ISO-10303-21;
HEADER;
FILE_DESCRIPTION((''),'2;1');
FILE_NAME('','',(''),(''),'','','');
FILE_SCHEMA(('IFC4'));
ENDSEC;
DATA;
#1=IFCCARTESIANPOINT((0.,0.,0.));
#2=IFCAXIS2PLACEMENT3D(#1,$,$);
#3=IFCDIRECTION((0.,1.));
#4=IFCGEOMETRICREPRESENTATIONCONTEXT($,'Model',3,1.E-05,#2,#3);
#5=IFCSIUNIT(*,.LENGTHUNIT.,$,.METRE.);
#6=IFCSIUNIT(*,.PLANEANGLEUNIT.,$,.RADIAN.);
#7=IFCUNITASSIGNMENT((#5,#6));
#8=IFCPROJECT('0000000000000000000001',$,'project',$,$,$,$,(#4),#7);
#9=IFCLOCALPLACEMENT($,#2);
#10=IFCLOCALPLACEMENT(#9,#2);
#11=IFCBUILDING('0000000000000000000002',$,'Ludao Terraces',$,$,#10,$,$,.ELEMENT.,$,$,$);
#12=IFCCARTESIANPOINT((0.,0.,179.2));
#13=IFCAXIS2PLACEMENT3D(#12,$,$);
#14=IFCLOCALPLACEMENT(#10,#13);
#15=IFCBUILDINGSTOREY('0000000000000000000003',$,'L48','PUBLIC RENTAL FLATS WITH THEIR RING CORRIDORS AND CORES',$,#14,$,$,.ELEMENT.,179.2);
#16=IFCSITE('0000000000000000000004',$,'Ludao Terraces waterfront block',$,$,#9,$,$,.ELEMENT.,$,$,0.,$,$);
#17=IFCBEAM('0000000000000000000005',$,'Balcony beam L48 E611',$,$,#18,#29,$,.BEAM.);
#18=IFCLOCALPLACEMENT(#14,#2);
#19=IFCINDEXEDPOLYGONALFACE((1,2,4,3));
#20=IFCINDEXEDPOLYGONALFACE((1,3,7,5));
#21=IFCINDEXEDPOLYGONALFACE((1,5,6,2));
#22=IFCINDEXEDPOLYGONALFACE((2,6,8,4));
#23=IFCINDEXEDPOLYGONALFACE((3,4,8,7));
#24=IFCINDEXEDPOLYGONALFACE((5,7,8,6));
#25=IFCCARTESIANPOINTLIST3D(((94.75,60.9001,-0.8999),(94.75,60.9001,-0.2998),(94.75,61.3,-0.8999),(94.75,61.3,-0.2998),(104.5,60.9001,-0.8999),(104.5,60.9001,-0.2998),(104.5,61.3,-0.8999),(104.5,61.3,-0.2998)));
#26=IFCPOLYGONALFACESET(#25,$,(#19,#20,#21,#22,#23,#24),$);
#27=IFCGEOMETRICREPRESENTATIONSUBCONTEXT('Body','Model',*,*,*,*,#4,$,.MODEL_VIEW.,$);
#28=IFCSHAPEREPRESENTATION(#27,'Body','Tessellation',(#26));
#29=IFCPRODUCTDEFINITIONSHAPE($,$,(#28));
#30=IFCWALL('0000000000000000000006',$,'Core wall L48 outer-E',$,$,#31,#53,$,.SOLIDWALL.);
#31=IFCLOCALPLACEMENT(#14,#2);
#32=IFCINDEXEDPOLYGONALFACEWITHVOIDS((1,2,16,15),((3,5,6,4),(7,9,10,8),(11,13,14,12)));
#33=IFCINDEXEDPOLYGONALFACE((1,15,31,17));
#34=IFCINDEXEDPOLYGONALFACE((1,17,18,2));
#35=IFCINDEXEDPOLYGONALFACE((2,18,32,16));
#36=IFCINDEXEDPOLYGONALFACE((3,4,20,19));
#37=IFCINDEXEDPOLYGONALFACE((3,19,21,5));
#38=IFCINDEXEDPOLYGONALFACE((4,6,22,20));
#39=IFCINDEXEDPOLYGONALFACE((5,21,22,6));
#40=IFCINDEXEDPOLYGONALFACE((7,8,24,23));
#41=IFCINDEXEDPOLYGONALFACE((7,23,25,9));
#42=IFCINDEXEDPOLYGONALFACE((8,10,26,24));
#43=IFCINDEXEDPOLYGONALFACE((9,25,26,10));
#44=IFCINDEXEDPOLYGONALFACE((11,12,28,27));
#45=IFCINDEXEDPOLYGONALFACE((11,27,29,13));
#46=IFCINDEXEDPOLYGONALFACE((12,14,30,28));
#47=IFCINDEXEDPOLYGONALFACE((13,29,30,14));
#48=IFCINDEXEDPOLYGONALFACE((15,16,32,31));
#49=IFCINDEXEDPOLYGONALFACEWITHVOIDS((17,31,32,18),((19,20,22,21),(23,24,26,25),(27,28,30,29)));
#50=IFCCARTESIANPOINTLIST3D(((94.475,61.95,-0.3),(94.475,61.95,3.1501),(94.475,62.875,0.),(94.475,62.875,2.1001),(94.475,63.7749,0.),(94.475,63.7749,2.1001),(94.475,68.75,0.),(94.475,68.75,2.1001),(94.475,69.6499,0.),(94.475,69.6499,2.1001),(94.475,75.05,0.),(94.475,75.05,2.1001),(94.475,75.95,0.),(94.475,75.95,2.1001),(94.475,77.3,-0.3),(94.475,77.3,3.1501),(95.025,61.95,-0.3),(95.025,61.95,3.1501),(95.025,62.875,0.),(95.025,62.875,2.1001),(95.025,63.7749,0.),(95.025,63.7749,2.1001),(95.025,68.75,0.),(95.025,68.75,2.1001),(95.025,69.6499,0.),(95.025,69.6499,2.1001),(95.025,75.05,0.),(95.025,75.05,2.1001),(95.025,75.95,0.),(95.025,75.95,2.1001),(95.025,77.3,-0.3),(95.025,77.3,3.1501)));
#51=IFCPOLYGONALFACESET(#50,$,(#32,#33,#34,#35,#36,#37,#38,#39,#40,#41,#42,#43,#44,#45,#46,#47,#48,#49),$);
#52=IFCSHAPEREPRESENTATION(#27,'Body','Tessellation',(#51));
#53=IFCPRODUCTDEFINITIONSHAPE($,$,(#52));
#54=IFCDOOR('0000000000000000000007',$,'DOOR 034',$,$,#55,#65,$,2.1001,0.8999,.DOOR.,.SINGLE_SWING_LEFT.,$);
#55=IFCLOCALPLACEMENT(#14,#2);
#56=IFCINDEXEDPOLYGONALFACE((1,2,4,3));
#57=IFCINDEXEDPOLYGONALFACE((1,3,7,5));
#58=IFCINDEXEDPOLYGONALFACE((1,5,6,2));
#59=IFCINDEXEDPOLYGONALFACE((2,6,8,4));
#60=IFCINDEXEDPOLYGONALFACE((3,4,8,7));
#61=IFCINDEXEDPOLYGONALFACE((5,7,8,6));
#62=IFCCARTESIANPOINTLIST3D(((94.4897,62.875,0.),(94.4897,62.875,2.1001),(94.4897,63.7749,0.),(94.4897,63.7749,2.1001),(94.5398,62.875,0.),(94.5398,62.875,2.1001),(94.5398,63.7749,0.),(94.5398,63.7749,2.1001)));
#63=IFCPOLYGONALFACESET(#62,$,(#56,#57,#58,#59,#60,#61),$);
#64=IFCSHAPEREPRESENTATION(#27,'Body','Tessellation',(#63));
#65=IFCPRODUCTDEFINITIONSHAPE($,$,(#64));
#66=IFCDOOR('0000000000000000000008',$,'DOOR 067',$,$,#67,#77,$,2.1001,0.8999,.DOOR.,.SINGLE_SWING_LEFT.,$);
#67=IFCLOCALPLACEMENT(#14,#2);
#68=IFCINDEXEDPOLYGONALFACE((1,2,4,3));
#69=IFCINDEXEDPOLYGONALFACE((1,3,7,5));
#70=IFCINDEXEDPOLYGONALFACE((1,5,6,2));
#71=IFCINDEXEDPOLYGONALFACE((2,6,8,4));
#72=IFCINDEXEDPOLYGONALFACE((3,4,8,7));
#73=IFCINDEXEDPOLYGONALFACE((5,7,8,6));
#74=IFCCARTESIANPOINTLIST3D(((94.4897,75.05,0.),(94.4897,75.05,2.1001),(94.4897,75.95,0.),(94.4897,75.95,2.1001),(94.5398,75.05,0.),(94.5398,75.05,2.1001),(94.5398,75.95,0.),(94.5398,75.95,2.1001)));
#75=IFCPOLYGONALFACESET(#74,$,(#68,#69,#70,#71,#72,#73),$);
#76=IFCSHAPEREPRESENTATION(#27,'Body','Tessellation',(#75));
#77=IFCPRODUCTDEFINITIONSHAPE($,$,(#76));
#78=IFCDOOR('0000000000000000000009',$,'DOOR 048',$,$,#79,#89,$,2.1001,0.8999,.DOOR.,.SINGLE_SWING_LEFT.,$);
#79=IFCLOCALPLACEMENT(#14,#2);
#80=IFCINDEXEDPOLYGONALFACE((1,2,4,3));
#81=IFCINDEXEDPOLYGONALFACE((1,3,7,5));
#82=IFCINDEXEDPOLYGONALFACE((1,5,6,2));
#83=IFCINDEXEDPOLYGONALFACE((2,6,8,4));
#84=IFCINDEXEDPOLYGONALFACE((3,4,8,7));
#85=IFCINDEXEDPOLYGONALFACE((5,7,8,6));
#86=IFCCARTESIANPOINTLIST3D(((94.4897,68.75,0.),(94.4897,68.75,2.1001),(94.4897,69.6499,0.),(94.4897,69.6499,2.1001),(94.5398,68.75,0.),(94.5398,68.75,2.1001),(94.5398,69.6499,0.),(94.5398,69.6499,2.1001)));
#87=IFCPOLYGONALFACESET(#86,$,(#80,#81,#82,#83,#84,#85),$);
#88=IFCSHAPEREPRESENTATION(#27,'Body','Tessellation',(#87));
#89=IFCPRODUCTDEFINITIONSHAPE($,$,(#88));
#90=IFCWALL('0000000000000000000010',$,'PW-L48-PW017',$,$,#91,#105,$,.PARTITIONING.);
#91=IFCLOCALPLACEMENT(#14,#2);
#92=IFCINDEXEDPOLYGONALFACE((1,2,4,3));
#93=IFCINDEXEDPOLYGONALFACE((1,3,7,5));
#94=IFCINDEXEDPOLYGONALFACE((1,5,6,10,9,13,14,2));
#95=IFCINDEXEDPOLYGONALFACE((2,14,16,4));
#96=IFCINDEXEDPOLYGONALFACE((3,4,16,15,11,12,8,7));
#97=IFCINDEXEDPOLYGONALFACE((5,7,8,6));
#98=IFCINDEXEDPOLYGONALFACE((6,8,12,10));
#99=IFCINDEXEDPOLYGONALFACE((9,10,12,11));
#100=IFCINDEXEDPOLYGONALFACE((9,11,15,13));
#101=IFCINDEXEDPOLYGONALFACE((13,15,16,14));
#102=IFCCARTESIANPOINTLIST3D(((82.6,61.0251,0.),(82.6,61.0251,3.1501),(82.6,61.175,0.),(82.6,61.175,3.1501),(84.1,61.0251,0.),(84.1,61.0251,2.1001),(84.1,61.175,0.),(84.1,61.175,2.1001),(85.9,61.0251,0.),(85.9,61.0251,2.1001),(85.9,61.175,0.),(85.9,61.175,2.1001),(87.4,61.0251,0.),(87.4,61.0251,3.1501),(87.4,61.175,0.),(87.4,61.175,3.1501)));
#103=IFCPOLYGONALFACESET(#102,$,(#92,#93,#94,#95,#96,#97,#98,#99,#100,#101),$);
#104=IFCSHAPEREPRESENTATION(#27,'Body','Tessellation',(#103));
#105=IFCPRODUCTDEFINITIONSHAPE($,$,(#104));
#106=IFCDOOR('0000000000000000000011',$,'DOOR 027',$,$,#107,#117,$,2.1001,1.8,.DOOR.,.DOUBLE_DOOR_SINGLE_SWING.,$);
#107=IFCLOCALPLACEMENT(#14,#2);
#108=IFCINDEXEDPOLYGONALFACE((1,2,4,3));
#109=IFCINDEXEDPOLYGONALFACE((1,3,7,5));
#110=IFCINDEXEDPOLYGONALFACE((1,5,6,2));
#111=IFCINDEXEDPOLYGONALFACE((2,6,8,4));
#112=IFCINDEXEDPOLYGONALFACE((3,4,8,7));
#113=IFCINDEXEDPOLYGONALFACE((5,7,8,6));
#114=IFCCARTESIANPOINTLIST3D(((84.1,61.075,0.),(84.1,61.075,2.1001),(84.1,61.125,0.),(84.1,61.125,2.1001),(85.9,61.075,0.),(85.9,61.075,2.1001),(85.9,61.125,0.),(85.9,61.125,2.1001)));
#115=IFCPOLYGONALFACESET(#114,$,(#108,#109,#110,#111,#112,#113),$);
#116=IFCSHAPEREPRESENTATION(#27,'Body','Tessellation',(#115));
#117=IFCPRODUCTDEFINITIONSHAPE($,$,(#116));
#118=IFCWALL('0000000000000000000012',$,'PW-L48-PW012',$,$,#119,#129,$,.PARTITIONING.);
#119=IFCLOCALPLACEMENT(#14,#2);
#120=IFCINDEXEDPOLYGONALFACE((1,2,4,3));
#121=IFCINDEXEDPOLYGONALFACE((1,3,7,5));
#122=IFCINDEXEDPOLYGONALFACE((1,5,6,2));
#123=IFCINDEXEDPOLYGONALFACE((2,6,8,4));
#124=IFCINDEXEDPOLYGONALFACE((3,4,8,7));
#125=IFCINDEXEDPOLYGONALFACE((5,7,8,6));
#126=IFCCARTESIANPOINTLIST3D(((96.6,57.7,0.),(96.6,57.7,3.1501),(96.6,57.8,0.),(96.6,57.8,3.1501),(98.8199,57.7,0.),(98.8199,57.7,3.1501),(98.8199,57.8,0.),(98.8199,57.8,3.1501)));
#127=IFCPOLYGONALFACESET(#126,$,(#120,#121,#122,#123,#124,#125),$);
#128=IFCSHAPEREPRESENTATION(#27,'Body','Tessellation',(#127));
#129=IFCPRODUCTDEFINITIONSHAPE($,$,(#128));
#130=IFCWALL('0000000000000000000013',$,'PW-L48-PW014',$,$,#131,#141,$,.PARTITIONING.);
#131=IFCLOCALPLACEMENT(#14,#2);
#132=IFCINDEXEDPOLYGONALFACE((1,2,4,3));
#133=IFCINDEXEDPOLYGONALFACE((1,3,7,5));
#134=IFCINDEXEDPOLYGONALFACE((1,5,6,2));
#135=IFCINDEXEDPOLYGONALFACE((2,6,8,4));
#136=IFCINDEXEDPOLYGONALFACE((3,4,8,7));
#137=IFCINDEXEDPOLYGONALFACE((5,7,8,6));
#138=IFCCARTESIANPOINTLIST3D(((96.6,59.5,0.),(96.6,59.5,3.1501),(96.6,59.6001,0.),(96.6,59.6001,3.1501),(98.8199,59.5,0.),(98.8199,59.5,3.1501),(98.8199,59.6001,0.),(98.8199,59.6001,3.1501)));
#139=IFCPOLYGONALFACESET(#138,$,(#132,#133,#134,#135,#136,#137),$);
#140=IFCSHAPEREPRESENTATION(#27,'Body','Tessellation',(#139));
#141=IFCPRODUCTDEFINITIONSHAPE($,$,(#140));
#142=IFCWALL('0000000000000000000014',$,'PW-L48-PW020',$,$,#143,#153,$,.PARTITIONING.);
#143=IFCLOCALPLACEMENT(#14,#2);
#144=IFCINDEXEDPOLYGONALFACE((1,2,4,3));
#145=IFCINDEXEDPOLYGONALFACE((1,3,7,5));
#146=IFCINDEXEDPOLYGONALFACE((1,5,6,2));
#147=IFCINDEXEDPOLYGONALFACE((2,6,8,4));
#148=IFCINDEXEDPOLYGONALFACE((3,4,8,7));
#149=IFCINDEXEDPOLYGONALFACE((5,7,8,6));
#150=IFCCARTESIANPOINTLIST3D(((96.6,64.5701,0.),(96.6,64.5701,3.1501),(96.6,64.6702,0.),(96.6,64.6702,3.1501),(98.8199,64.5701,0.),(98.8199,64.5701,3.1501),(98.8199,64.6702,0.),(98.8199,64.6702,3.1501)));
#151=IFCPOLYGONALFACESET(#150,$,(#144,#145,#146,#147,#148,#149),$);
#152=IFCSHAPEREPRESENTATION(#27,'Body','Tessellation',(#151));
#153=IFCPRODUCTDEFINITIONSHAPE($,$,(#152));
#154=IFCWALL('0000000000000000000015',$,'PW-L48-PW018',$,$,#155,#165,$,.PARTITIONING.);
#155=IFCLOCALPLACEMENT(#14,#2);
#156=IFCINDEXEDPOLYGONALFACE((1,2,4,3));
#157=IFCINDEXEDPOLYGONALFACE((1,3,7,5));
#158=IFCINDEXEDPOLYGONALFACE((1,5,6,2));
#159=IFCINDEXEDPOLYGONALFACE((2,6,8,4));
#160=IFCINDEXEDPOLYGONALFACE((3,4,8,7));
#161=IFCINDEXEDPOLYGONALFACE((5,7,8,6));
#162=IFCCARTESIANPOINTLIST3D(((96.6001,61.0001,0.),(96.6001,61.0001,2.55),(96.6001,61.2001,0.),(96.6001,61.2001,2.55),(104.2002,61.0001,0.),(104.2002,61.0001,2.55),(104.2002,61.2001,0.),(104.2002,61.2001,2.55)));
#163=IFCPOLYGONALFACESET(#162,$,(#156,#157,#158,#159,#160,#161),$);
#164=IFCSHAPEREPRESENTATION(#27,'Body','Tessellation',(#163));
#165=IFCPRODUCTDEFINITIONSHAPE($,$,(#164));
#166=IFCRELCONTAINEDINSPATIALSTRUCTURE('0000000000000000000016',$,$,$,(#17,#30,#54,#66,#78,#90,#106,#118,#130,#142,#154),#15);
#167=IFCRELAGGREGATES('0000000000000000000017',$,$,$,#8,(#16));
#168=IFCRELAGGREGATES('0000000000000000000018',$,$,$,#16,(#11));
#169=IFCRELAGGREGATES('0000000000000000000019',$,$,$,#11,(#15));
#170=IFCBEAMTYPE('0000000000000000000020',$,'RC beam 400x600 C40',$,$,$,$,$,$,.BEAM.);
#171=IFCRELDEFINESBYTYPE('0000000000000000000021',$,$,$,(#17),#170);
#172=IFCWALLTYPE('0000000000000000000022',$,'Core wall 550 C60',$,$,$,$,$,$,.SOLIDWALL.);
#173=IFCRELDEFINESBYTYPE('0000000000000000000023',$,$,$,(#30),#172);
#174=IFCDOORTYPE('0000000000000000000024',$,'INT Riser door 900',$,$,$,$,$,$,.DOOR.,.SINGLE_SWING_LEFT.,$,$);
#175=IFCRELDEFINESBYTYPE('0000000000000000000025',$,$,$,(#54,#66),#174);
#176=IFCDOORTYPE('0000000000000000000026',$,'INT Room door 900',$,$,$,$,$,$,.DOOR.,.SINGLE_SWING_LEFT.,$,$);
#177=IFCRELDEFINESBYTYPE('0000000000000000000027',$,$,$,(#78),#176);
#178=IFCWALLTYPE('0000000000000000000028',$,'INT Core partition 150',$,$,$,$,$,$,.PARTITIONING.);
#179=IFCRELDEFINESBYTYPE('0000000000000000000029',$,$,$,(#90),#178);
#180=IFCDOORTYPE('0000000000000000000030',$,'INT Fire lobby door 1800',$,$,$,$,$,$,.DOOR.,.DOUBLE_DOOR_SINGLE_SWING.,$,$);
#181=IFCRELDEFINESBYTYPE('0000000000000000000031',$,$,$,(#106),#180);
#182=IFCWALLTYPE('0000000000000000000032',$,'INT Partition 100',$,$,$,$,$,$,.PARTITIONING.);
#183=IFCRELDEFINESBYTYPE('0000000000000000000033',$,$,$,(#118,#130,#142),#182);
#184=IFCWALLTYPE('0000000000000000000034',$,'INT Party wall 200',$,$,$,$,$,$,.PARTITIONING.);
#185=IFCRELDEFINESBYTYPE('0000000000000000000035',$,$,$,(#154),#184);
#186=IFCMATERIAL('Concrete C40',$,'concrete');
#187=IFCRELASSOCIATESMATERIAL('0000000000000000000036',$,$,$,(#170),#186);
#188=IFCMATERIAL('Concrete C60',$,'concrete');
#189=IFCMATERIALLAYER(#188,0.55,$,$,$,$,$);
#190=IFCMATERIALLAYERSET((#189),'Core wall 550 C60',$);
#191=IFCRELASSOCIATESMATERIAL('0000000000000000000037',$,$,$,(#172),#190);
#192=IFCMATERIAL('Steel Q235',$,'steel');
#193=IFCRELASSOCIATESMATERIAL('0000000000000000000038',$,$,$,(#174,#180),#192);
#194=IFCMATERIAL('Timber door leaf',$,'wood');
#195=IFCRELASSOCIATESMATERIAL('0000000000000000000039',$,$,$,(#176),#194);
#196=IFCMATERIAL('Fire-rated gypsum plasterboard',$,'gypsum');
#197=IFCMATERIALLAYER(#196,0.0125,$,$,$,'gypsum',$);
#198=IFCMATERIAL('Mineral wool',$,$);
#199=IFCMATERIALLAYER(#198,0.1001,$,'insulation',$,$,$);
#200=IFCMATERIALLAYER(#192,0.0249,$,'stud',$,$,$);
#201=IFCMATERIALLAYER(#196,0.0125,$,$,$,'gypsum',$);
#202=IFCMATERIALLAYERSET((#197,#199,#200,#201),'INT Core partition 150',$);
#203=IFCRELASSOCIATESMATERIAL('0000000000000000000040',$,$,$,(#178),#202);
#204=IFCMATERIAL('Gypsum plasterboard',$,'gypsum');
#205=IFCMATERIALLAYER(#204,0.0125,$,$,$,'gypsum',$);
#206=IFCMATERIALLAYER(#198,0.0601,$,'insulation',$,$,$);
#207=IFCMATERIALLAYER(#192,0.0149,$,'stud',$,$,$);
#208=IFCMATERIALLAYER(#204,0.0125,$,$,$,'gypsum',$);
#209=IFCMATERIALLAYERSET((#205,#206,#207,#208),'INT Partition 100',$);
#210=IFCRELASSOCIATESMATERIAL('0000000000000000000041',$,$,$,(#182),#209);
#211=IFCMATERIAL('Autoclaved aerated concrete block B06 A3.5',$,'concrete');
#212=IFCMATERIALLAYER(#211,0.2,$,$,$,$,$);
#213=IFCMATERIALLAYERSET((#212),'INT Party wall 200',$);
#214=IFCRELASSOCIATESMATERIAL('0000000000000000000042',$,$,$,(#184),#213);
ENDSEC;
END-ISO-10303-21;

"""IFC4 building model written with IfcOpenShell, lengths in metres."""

from ifc_helpers import new_model, si_unit, direction, frame, frame_2d, origin, origin_2d, place, context, subcontext, project, spatial, rectangle, extrude, material, layer, layer_set, material_profile, profile_set, type_object, element, fill, save


model = new_model("IFC4")

# Units and contexts
model_context = context("Model", 3, precision=1e-05, world=origin(), true_north=direction((0.0, 1.0)))
body_context = subcontext(model_context, "Body", "Model", "MODEL_VIEW")
ifc_project = project(units=[si_unit("LENGTHUNIT", "METRE"), si_unit("PLANEANGLEUNIT", "RADIAN")], contexts=[model_context])

# Site, building, storey
site_placement = place(None, origin())
site = spatial("IfcSite", under=ifc_project, at=site_placement, Name="Ludao Terraces waterfront block", CompositionType="ELEMENT", RefElevation=0.0)
building_placement = place(site_placement, origin())
building = spatial("IfcBuilding", under=site, at=building_placement, Name="Ludao Terraces", CompositionType="ELEMENT")
storey_placement = place(building_placement, frame((0.0, 0.0, 179.2)))
storey = spatial("IfcBuildingStorey", under=building, at=storey_placement, Name="L48", Description="PUBLIC RENTAL FLATS WITH THEIR RING CORRIDORS AND CORES", CompositionType="ELEMENT", Elevation=179.2)

# Beam
ifc_material_1 = material(Name="Concrete C40", Category="concrete")
ifc_material_profile = material_profile(ifc_material_1, rectangle(XDim=0.3999, YDim=0.6001, at=origin_2d()), Name="400 X 600")
ifc_profile_set = profile_set([ifc_material_profile], Name="Concrete C40")
beam_type = type_object("IfcBeamType", Name="RC beam 400x600 C40", PredefinedType="BEAM", material=ifc_profile_set)
beam_placement = place(storey_placement, frame((94.75, 61.1001, -0.5999), z_axis=(1.0, 0.0, 0.0), x_axis=(0.0, 1.0, 0.0)))
element("IfcBeam", 1, at=beam_placement, inside=storey, type_object=beam_type, Name="Balcony beam L48 E611", PredefinedType="BEAM", context=body_context, shape_type="SweptSolid", body=[
    extrude(rectangle(XDim=0.3999, YDim=0.6001, at=origin_2d()), origin(), (0.0, 0.0, 1.0), 9.75),
])

# Wall, openings, doors
ifc_material_2 = material(Name="Concrete C60", Category="concrete")
ifc_layer_1 = layer(ifc_material_2, 0.55)
ifc_layer_set_1 = layer_set([ifc_layer_1], Name="Core wall 550 C60")
wall_type_1 = type_object("IfcWallType", Name="Core wall 550 C60", PredefinedType="SOLIDWALL", material=ifc_layer_set_1)
wall_1_placement = place(storey_placement, frame((94.75, 61.95, -0.3), z_axis=(0.0, 0.0, 1.0), x_axis=(0.0, 1.0, 0.0)))
wall_1 = element("IfcWall", 2, at=wall_1_placement, inside=storey, type_object=wall_type_1, Name="Core wall L48 outer-E", PredefinedType="SOLIDWALL", context=body_context, shape_type="SweptSolid", body=[
    extrude(rectangle(XDim=15.3501, YDim=0.55, at=frame_2d((7.675, 0.0))), origin(), (0.0, 0.0, 1.0), 3.4502),
])
opening_1_placement = place(wall_1_placement, frame((0.925, 0.0, 0.3)))
opening_1 = element("IfcOpeningElement", 3, at=opening_1_placement, cuts=wall_1, PredefinedType="OPENING", context=body_context, shape_type="SweptSolid", body=[
    extrude(rectangle(XDim=0.8999, YDim=2.1001, at=frame_2d((0.45, 1.05))), frame((0.0, 0.2852, 0.0), z_axis=(0.0, -1.0, 0.0), x_axis=(1.0, 0.0, 0.0)), (0.0, 0.0, 1.0), 0.5701),
])
opening_2_placement = place(wall_1_placement, frame((6.8, 0.0, 0.3)))
opening_2 = element("IfcOpeningElement", 4, at=opening_2_placement, cuts=wall_1, PredefinedType="OPENING", context=body_context, shape_type="SweptSolid", body=[
    extrude(rectangle(XDim=0.8999, YDim=2.1001, at=frame_2d((0.45, 1.05))), frame((0.0, 0.2852, 0.0), z_axis=(0.0, -1.0, 0.0), x_axis=(1.0, 0.0, 0.0)), (0.0, 0.0, 1.0), 0.5701),
])
opening_3_placement = place(wall_1_placement, frame((13.1001, 0.0, 0.3)))
opening_3 = element("IfcOpeningElement", 5, at=opening_3_placement, cuts=wall_1, PredefinedType="OPENING", context=body_context, shape_type="SweptSolid", body=[
    extrude(rectangle(XDim=0.8999, YDim=2.1001, at=frame_2d((0.45, 1.05))), frame((0.0, 0.2852, 0.0), z_axis=(0.0, -1.0, 0.0), x_axis=(1.0, 0.0, 0.0)), (0.0, 0.0, 1.0), 0.5701),
])
ifc_material_3 = material(Name="Steel Q235", Category="steel")
door_type_1 = type_object("IfcDoorType", Name="INT Riser door 900", OperationType="SINGLE_SWING_LEFT", PredefinedType="DOOR", material=ifc_material_3)
door_1_placement = place(opening_1_placement, origin())
door_1 = element("IfcDoor", 6, at=door_1_placement, inside=storey, type_object=door_type_1, Name="DOOR 034", OperationType="SINGLE_SWING_LEFT", OverallHeight=2.1001, OverallWidth=0.8999, PredefinedType="DOOR", context=body_context, shape_type="SweptSolid", body=[
    extrude(rectangle(XDim=0.8999, YDim=2.1001, at=frame_2d((0.45, 1.05))), frame((0.0, 0.2603, 0.0), z_axis=(0.0, -1.0, 0.0), x_axis=(1.0, 0.0, 0.0)), (0.0, 0.0, 1.0), 0.05),
])
fill(opening_1, door_1)
door_2_placement = place(opening_3_placement, origin())
door_2 = element("IfcDoor", 7, at=door_2_placement, inside=storey, type_object=door_type_1, Name="DOOR 067", OperationType="SINGLE_SWING_LEFT", OverallHeight=2.1001, OverallWidth=0.8999, PredefinedType="DOOR", context=body_context, shape_type="SweptSolid", body=[
    extrude(rectangle(XDim=0.8999, YDim=2.1001, at=frame_2d((0.45, 1.05))), frame((0.0, 0.2603, 0.0), z_axis=(0.0, -1.0, 0.0), x_axis=(1.0, 0.0, 0.0)), (0.0, 0.0, 1.0), 0.05),
])
fill(opening_3, door_2)
ifc_material_4 = material(Name="Timber door leaf", Category="wood")
door_type_2 = type_object("IfcDoorType", Name="INT Room door 900", OperationType="SINGLE_SWING_LEFT", PredefinedType="DOOR", material=ifc_material_4)
door_3_placement = place(opening_2_placement, origin())
door_3 = element("IfcDoor", 8, at=door_3_placement, inside=storey, type_object=door_type_2, Name="DOOR 048", OperationType="SINGLE_SWING_LEFT", OverallHeight=2.1001, OverallWidth=0.8999, PredefinedType="DOOR", context=body_context, shape_type="SweptSolid", body=[
    extrude(rectangle(XDim=0.8999, YDim=2.1001, at=frame_2d((0.45, 1.05))), frame((0.0, 0.2603, 0.0), z_axis=(0.0, -1.0, 0.0), x_axis=(1.0, 0.0, 0.0)), (0.0, 0.0, 1.0), 0.05),
])
fill(opening_2, door_3)

# Wall, opening, door
ifc_material_5 = material(Name="Fire-rated gypsum plasterboard", Category="gypsum")
ifc_layer_2 = layer(ifc_material_5, 0.0125, Category="gypsum")
ifc_material_6 = material(Name="Mineral wool")
ifc_layer_3 = layer(ifc_material_6, 0.1001, Name="insulation")
ifc_layer_4 = layer(ifc_material_3, 0.0249, Name="stud")
ifc_layer_5 = layer(ifc_material_5, 0.0125, Category="gypsum")
ifc_layer_set_2 = layer_set([ifc_layer_2, ifc_layer_3, ifc_layer_4, ifc_layer_5], Name="INT Core partition 150")
wall_type_2 = type_object("IfcWallType", Name="INT Core partition 150", PredefinedType="PARTITIONING", material=ifc_layer_set_2)
wall_2_placement = place(storey_placement, frame((82.6001, 61.1001, 0.0), z_axis=(0.0, 0.0, 1.0), x_axis=(1.0, 0.0, 0.0)))
wall_2 = element("IfcWall", 9, at=wall_2_placement, inside=storey, type_object=wall_type_2, Name="PW-L48-PW017", PredefinedType="PARTITIONING", context=body_context, shape_type="SweptSolid", body=[
    extrude(rectangle(XDim=4.8, YDim=0.1499, at=frame_2d((2.3999, 0.0))), origin(), (0.0, 0.0, 1.0), 3.1501),
])
opening_4_placement = place(wall_2_placement, frame((1.5, 0.0, 0.0)))
opening_4 = element("IfcOpeningElement", 10, at=opening_4_placement, cuts=wall_2, PredefinedType="OPENING", context=body_context, shape_type="SweptSolid", body=[
    extrude(rectangle(XDim=1.8, YDim=2.1001, at=frame_2d((0.8999, 1.05))), frame((0.0, 0.085, 0.0), z_axis=(0.0, -1.0, 0.0), x_axis=(1.0, 0.0, 0.0)), (0.0, 0.0, 1.0), 0.1699),
])
door_type_3 = type_object("IfcDoorType", Name="INT Fire lobby door 1800", OperationType="DOUBLE_DOOR_SINGLE_SWING", PredefinedType="DOOR", material=ifc_material_3)
door_4_placement = place(opening_4_placement, origin())
door_4 = element("IfcDoor", 11, at=door_4_placement, inside=storey, type_object=door_type_3, Name="DOOR 027", OperationType="DOUBLE_DOOR_SINGLE_SWING", OverallHeight=2.1001, OverallWidth=1.8, PredefinedType="DOOR", context=body_context, shape_type="SweptSolid", body=[
    extrude(rectangle(XDim=1.8, YDim=2.1001, at=frame_2d((0.8999, 1.05))), frame((0.0, 0.0249, 0.0), z_axis=(0.0, -1.0, 0.0), x_axis=(1.0, 0.0, 0.0)), (0.0, 0.0, 1.0), 0.05),
])
fill(opening_4, door_4)

# Walls
ifc_material_7 = material(Name="Gypsum plasterboard", Category="gypsum")
ifc_layer_6 = layer(ifc_material_7, 0.0125, Category="gypsum")
ifc_layer_7 = layer(ifc_material_6, 0.0601, Name="insulation")
ifc_layer_8 = layer(ifc_material_3, 0.0149, Name="stud")
ifc_layer_9 = layer(ifc_material_7, 0.0125, Category="gypsum")
ifc_layer_set_3 = layer_set([ifc_layer_6, ifc_layer_7, ifc_layer_8, ifc_layer_9], Name="INT Partition 100")
wall_type_3 = type_object("IfcWallType", Name="INT Partition 100", PredefinedType="PARTITIONING", material=ifc_layer_set_3)
for number, where, z_axis, x_axis, name in (
    (12, (96.6001, 57.75, 0.0), (0.0, 0.0, 1.0), (1.0, 0.0, 0.0), "PW-L48-PW012"),
    (13, (96.6001, 59.55, 0.0), (0.0, 0.0, 1.0), (1.0, 0.0, 0.0), "PW-L48-PW014"),
    (14, (96.6001, 64.6201, 0.0), (0.0, 0.0, 1.0), (1.0, 0.0, 0.0), "PW-L48-PW020"),
):
    element("IfcWall", number, at=place(storey_placement, frame(where, z_axis=z_axis, x_axis=x_axis)), inside=storey, type_object=wall_type_3, Name=name, PredefinedType="PARTITIONING", context=body_context, shape_type="SweptSolid", body=[
        extrude(rectangle(XDim=2.22, YDim=0.1001, at=frame_2d((1.1099, 0.0))), origin(), (0.0, 0.0, 1.0), 3.1501),
    ])
ifc_material_8 = material(Name="Autoclaved aerated concrete block B06 A3.5", Category="concrete")
ifc_layer_10 = layer(ifc_material_8, 0.2)
ifc_layer_set_4 = layer_set([ifc_layer_10], Name="INT Party wall 200")
wall_type_4 = type_object("IfcWallType", Name="INT Party wall 200", PredefinedType="PARTITIONING", material=ifc_layer_set_4)
wall_3_placement = place(storey_placement, frame((96.6001, 61.1001, 0.0), z_axis=(0.0, 0.0, 1.0), x_axis=(1.0, 0.0, 0.0)))
element("IfcWall", 15, at=wall_3_placement, inside=storey, type_object=wall_type_4, Name="PW-L48-PW018", PredefinedType="PARTITIONING", context=body_context, shape_type="SweptSolid", body=[
    extrude(rectangle(XDim=7.6001, YDim=0.2, at=frame_2d((3.8, 0.0))), origin(), (0.0, 0.0, 1.0), 2.55),
])

save(model, "model.ifc")
